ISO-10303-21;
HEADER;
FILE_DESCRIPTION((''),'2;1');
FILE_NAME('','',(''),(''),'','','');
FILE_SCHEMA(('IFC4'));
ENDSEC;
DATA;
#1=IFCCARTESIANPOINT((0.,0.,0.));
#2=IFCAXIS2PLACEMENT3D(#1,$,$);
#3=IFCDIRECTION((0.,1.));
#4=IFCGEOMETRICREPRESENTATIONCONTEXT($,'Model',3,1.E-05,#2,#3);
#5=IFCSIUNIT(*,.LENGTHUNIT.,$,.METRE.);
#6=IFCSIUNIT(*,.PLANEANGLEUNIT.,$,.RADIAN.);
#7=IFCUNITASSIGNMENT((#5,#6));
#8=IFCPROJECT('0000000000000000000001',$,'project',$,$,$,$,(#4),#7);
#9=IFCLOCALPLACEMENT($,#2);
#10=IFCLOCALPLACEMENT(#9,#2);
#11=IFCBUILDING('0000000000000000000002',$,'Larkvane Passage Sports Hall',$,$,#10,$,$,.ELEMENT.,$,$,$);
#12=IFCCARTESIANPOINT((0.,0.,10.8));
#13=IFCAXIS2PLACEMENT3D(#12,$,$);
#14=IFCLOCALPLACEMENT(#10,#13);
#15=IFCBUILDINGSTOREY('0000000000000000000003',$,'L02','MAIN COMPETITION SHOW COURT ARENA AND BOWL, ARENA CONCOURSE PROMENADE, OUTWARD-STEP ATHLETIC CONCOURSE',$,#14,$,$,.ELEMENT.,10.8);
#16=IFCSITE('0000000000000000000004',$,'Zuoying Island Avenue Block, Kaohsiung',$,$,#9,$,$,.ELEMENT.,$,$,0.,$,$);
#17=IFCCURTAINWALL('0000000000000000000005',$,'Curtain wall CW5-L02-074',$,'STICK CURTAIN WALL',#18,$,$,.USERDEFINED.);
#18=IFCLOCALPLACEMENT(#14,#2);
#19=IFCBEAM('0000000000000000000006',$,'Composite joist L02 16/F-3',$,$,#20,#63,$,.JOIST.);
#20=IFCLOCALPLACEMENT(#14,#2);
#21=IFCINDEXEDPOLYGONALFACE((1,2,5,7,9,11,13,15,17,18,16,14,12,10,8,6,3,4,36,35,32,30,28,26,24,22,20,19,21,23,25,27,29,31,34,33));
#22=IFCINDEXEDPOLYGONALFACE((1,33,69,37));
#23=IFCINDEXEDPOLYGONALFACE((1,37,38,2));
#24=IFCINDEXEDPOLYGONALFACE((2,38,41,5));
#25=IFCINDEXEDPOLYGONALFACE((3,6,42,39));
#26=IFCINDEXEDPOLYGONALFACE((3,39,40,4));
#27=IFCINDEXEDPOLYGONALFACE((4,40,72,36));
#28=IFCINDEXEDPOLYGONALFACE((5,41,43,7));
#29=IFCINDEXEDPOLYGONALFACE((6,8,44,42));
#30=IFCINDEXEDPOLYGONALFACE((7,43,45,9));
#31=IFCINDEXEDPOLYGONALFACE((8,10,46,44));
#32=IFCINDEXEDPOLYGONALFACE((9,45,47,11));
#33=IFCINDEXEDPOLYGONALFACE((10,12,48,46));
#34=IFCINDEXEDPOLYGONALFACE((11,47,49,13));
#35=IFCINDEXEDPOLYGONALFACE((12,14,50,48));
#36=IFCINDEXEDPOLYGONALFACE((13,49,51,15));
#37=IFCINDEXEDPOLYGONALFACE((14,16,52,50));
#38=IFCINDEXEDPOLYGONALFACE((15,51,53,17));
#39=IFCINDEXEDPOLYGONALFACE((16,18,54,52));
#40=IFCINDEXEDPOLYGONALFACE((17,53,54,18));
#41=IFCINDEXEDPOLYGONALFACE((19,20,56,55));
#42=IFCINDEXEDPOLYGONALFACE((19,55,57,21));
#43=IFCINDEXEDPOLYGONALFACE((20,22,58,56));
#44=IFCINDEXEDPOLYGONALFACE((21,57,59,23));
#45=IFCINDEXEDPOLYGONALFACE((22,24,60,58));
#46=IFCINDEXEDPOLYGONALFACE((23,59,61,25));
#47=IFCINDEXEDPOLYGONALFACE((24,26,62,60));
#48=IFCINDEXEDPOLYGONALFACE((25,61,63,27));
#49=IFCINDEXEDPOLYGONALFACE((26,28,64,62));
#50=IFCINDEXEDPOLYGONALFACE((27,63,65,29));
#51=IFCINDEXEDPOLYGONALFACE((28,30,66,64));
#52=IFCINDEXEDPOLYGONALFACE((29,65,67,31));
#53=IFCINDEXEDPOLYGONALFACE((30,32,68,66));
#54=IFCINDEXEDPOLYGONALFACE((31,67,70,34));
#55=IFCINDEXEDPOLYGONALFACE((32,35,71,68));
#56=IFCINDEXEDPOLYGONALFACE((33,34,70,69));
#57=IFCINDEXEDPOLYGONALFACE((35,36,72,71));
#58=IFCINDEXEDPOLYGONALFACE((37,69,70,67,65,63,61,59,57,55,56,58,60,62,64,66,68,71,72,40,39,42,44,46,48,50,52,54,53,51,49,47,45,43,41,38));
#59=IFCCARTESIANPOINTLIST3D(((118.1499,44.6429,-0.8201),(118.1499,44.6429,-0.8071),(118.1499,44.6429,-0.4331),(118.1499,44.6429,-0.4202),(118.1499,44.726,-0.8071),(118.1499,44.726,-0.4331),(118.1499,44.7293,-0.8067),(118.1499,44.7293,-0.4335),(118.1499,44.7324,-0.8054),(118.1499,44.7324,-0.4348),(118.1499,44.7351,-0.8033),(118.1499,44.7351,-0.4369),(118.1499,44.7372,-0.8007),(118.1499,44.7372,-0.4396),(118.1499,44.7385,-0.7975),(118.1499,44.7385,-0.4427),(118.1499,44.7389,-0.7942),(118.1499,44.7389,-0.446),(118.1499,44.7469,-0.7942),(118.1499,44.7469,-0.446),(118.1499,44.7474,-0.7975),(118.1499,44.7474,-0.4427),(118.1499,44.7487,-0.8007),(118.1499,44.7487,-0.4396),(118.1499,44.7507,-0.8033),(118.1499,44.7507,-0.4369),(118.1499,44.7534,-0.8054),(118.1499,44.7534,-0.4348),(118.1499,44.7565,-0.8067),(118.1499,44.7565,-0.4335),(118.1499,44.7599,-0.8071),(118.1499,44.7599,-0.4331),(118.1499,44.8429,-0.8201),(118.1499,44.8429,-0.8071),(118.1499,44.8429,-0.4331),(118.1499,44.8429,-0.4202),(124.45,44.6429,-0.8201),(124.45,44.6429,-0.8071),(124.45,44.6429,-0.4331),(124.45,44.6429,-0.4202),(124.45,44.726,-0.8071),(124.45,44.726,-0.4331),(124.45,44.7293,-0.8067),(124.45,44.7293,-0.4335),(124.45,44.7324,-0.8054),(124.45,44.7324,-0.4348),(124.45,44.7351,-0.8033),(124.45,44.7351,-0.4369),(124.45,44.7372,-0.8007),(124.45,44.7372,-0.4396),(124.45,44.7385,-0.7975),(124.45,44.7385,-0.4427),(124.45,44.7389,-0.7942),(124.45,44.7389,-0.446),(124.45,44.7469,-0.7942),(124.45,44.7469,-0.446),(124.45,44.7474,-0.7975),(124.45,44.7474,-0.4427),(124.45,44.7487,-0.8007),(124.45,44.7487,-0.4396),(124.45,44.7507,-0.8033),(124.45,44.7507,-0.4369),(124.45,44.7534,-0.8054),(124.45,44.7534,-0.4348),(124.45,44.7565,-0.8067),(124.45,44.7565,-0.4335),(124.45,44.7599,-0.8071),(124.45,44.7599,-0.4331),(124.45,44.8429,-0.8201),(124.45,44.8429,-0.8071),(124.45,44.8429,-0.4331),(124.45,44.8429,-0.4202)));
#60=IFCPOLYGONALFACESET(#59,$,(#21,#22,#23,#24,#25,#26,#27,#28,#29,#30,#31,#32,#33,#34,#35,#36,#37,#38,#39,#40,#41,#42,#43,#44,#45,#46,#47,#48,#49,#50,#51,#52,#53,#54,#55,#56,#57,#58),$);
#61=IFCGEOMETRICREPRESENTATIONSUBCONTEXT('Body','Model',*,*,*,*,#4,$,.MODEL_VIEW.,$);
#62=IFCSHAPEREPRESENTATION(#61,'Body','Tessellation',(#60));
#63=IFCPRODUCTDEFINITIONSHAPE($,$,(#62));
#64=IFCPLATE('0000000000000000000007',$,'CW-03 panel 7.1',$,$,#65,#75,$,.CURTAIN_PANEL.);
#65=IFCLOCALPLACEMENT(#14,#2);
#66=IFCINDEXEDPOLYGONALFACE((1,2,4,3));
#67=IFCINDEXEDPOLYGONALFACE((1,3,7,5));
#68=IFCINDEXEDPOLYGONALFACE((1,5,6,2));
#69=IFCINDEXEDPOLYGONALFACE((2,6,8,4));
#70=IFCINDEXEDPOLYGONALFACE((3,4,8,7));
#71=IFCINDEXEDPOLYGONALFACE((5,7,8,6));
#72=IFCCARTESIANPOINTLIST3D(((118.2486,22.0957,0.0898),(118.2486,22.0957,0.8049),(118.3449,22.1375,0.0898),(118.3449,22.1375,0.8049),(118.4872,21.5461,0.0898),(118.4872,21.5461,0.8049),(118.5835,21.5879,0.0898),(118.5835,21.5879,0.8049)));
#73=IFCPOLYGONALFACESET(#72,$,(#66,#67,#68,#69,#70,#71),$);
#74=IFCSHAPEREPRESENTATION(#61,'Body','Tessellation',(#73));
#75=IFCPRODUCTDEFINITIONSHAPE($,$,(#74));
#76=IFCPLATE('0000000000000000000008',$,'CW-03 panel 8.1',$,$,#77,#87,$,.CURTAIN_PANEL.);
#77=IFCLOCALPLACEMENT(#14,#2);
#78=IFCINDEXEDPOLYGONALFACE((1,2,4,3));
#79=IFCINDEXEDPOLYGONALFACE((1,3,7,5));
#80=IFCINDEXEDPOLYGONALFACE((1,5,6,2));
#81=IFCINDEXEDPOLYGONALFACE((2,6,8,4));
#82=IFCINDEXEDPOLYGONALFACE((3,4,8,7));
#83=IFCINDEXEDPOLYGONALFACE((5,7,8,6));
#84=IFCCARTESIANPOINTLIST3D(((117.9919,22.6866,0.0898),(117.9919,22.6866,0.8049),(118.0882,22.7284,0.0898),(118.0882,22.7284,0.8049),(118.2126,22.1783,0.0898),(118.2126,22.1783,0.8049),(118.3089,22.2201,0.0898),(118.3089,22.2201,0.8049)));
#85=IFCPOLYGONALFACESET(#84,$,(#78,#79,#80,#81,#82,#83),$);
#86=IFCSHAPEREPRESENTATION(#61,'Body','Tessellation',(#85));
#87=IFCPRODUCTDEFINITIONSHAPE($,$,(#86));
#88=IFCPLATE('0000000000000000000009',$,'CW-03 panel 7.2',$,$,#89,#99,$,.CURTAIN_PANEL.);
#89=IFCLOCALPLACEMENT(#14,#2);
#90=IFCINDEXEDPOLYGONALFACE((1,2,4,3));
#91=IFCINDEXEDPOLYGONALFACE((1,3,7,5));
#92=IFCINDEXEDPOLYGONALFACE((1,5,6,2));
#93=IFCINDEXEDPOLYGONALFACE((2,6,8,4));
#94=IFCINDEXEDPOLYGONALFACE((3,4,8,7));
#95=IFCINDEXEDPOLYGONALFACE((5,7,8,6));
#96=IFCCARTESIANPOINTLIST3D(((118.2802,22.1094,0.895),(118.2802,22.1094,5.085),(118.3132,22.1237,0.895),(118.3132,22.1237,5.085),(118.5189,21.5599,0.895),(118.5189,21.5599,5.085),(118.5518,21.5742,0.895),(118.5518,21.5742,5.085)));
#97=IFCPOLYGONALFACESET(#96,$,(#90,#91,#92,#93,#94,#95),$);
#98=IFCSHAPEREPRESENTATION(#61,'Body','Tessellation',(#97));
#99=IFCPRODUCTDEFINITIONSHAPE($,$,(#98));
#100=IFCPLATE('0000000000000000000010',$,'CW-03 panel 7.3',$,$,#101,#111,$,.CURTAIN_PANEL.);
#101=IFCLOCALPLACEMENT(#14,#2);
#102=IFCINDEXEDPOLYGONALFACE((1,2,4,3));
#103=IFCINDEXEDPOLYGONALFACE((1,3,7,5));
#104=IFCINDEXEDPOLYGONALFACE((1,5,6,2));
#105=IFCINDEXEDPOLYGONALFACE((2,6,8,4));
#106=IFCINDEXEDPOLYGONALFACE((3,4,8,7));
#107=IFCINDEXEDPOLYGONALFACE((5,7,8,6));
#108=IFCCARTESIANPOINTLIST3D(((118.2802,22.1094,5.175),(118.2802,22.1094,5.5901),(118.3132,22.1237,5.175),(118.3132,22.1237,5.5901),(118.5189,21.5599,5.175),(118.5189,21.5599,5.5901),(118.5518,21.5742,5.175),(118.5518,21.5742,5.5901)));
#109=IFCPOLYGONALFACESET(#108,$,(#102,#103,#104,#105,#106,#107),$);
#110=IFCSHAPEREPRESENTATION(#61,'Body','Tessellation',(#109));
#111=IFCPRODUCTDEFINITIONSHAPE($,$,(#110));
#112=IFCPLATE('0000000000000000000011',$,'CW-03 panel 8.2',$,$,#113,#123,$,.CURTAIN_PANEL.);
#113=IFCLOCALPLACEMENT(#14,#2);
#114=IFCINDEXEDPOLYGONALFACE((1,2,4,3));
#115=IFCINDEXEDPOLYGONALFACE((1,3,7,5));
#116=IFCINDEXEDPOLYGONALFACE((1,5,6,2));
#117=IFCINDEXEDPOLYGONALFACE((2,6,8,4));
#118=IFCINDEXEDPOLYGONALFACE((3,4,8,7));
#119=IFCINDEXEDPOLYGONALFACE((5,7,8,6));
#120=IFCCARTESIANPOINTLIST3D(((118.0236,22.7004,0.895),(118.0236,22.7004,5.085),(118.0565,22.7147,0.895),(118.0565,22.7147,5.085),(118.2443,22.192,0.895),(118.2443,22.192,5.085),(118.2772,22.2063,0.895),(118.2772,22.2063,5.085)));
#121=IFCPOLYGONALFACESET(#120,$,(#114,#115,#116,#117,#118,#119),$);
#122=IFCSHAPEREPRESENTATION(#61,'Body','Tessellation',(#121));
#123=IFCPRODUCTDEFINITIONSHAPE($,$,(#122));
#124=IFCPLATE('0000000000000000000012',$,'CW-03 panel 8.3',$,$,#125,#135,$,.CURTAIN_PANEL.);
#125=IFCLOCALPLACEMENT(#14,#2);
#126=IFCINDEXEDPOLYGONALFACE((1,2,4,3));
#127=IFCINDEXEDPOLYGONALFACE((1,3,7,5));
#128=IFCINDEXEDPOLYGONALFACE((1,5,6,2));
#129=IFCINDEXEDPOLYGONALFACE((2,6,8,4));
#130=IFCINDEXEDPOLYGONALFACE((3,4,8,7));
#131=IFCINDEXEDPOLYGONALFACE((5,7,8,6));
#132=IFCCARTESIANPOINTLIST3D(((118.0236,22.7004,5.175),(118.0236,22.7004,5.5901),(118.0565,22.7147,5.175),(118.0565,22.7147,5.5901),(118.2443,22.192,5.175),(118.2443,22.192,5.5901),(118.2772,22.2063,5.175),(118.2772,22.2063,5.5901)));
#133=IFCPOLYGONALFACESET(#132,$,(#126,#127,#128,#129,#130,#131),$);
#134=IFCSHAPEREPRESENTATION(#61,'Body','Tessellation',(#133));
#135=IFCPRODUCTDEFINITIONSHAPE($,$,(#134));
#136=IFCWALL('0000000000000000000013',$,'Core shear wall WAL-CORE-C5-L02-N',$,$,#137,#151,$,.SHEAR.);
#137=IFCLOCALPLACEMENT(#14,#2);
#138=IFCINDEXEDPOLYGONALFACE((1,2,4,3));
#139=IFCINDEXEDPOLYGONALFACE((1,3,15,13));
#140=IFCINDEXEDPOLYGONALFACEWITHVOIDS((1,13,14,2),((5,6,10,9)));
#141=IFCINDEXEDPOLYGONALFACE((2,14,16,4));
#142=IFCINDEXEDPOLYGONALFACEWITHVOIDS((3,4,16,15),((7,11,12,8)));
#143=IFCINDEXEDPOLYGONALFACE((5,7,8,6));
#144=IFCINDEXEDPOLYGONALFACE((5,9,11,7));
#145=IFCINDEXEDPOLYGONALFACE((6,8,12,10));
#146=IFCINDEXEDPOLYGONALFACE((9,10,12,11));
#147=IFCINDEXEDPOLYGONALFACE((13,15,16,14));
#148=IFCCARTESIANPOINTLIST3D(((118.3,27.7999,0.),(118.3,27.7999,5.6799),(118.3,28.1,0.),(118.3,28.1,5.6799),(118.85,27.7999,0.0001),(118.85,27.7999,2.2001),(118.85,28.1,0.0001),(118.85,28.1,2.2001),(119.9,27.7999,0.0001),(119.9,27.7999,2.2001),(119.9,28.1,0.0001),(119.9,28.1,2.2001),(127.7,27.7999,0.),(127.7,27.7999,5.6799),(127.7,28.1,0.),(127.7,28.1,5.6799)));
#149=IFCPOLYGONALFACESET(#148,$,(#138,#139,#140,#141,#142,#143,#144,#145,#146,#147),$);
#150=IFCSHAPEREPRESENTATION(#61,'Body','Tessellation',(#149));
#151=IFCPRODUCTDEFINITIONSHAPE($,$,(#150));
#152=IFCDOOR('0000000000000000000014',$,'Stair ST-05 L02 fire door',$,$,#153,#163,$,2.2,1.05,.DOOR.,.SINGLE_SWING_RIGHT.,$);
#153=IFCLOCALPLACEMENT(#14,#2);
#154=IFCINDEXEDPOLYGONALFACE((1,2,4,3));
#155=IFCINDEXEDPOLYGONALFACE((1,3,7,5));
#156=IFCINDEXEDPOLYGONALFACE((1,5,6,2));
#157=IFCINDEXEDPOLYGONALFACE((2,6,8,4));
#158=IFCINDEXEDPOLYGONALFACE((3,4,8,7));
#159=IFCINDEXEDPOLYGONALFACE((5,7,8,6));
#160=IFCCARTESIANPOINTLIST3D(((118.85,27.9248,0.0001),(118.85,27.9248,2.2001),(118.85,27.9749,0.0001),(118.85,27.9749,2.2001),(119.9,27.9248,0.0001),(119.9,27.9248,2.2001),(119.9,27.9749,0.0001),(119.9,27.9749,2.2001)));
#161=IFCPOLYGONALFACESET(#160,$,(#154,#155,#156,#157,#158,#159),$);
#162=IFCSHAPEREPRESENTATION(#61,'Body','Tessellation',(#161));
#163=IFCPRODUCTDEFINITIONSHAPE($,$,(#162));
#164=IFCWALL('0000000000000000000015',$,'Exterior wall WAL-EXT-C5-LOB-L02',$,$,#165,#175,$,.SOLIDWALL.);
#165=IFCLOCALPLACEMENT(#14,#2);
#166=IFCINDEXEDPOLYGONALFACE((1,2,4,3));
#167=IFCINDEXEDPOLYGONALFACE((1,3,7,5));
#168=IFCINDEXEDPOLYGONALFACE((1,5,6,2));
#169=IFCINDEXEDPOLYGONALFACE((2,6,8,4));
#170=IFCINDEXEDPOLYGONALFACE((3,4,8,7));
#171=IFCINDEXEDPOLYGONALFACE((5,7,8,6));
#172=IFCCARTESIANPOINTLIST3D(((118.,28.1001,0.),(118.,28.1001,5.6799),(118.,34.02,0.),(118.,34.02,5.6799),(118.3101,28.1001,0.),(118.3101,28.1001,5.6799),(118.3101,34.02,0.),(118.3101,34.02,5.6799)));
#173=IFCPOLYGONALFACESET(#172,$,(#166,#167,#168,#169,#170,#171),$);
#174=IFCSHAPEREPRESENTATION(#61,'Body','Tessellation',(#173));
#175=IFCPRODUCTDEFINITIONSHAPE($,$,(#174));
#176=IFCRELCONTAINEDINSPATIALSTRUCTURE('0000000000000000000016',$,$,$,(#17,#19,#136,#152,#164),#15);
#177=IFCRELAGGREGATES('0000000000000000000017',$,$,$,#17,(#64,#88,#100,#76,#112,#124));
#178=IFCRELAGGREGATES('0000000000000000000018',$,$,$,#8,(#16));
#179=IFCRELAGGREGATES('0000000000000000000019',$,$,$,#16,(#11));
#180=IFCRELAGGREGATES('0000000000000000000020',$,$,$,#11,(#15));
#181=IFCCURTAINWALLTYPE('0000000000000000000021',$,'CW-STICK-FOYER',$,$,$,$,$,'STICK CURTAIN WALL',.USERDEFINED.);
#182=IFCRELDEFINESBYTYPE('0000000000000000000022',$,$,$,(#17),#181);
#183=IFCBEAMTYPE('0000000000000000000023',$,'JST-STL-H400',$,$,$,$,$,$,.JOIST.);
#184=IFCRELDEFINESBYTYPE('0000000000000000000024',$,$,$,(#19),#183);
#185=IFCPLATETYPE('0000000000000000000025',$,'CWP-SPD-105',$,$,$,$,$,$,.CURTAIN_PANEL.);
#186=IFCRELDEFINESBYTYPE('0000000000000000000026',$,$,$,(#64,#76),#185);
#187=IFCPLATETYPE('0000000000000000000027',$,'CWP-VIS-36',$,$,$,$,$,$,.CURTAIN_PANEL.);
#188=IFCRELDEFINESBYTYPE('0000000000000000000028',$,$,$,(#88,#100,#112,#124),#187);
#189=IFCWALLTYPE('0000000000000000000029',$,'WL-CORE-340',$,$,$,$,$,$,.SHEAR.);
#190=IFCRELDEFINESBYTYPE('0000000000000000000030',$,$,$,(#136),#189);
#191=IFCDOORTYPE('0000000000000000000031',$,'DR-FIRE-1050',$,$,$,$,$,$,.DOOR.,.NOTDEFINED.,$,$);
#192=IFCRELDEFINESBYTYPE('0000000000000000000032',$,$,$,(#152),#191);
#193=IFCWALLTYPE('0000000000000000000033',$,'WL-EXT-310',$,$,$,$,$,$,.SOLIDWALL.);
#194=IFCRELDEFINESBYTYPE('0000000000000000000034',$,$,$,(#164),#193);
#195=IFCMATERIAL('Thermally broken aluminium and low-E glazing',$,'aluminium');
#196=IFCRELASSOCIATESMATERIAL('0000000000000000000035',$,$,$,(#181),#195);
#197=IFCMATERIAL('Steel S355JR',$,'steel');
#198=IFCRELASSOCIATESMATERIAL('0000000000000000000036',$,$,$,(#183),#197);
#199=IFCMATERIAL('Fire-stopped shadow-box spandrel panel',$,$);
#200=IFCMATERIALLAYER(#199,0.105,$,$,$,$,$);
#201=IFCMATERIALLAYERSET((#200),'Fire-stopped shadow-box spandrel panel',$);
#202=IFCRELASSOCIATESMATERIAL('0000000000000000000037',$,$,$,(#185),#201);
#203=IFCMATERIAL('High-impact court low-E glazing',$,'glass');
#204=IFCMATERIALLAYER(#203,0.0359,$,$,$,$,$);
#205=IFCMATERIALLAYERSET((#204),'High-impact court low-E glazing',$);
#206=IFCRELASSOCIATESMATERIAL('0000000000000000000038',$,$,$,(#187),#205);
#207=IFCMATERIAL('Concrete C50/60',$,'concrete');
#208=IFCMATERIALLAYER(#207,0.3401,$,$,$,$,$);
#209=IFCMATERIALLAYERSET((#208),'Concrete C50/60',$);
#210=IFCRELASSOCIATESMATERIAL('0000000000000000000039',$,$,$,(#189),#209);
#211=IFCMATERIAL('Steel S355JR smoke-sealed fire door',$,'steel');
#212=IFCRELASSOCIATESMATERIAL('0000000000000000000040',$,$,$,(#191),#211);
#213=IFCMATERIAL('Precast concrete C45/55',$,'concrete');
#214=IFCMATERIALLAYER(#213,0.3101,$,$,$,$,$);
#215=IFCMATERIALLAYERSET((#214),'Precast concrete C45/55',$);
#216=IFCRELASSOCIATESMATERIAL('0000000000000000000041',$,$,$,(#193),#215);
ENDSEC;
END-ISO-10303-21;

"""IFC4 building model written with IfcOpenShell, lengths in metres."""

from ifc_helpers import new_model, si_unit, direction, frame, frame_2d, origin, origin_2d, place, context, subcontext, project, spatial, rectangle, i_section, extrude, material, layer, layer_set, material_profile, profile_set, type_object, element, fill, aggregate, save


model = new_model("IFC4")

# Units and contexts
model_context = context("Model", 3, precision=1e-05, world=origin(), true_north=direction((0.0, 1.0)))
body_context = subcontext(model_context, "Body", "Model", "MODEL_VIEW")
ifc_project = project(units=[si_unit("LENGTHUNIT", "METRE"), si_unit("PLANEANGLEUNIT", "RADIAN")], contexts=[model_context])

# Site, building, storey
site_placement = place(None, origin())
site = spatial("IfcSite", under=ifc_project, at=site_placement, Name="Zuoying Island Avenue Block, Kaohsiung", CompositionType="ELEMENT", RefElevation=0.0)
building_placement = place(site_placement, origin())
building = spatial("IfcBuilding", under=site, at=building_placement, Name="Larkvane Passage Sports Hall", CompositionType="ELEMENT")
storey_placement = place(building_placement, frame((0.0, 0.0, 10.8)))
storey = spatial("IfcBuildingStorey", under=building, at=storey_placement, Name="L02", Description="MAIN COMPETITION SHOW COURT ARENA AND BOWL, ARENA CONCOURSE PROMENADE, OUTWARD-STEP ATHLETIC CONCOURSE", CompositionType="ELEMENT", Elevation=10.8)

# Shared definitions
ifc_material_1 = material(Name="Steel S355JR", Category="steel")

# Curtain wall
ifc_material_2 = material(Name="Thermally broken aluminium and low-E glazing", Category="aluminium")
curtain_wall_type = type_object("IfcCurtainWallType", Name="CW-STICK-FOYER", ElementType="STICK CURTAIN WALL", PredefinedType="USERDEFINED", material=ifc_material_2)
curtain_wall_placement = place(storey_placement, origin())
curtain_wall = element("IfcCurtainWall", 1, at=curtain_wall_placement, inside=storey, type_object=curtain_wall_type, Name="Curtain wall CW5-L02-074", ObjectType="STICK CURTAIN WALL", PredefinedType="USERDEFINED")

# Beam
ifc_material_profile_1 = material_profile(ifc_material_1, i_section(OverallWidth=0.2, OverallDepth=0.3999, WebThickness=0.0081, FlangeThickness=0.0129, FilletRadius=0.0129, at=origin_2d()), Name="H-400x200x8x13")
ifc_profile_set_1 = profile_set([ifc_material_profile_1], Name="Steel S355JR")
beam_type_1 = type_object("IfcBeamType", Name="JST-STL-H400", PredefinedType="JOIST", material=ifc_profile_set_1)
beam_1_placement = place(storey_placement, frame((118.1499, 44.7429, -0.6201), z_axis=(1.0, 0.0, 0.0), x_axis=(0.0, 1.0, 0.0)))
element("IfcBeam", 2, at=beam_1_placement, inside=storey, type_object=beam_type_1, Name="Composite joist L02 16/F-3", PredefinedType="JOIST", context=body_context, shape_type="SweptSolid", body=[
    extrude(i_section(OverallWidth=0.2, OverallDepth=0.3999, WebThickness=0.0081, FlangeThickness=0.0129, FilletRadius=0.0129, at=origin_2d()), origin(), (0.0, 0.0, 1.0), 6.3),
])

# Plates
ifc_material_3 = material(Name="Fire-stopped shadow-box spandrel panel")
ifc_layer_1 = layer(ifc_material_3, 0.105)
ifc_layer_set_1 = layer_set([ifc_layer_1], Name="Fire-stopped shadow-box spandrel panel")
plate_type_1 = type_object("IfcPlateType", Name="CWP-SPD-105", PredefinedType="CURTAIN_PANEL", material=ifc_layer_set_1)
plate_1_placement = place(storey_placement, frame((118.416, 21.8418, 0.0898), z_axis=(0.0, 0.0, 1.0), x_axis=(-0.398289, 0.91726, 0.0)))
plate_1 = element("IfcPlate", 3, at=plate_1_placement, type_object=plate_type_1, Name="CW-03 panel 7.1", PredefinedType="CURTAIN_PANEL", context=body_context, shape_type="SweptSolid", body=[
    extrude(rectangle(XDim=0.5991, YDim=0.105, at=origin_2d()), origin(), (0.0, 0.0, 1.0), 0.7151),
])
plate_2_placement = place(storey_placement, frame((118.1504, 22.4534, 0.0898), z_axis=(0.0, 0.0, 1.0), x_axis=(-0.398289, 0.91726, 0.0)))
plate_2 = element("IfcPlate", 4, at=plate_2_placement, type_object=plate_type_1, Name="CW-03 panel 8.1", PredefinedType="CURTAIN_PANEL", context=body_context, shape_type="SweptSolid", body=[
    extrude(rectangle(XDim=0.5542, YDim=0.105, at=origin_2d()), origin(), (0.0, 0.0, 1.0), 0.7151),
])
ifc_material_4 = material(Name="High-impact court low-E glazing", Category="glass")
ifc_layer_2 = layer(ifc_material_4, 0.0359)
ifc_layer_set_2 = layer_set([ifc_layer_2], Name="High-impact court low-E glazing")
plate_type_2 = type_object("IfcPlateType", Name="CWP-VIS-36", PredefinedType="CURTAIN_PANEL", material=ifc_layer_set_2)
plate_3_placement = place(storey_placement, frame((118.416, 21.8418, 0.895), z_axis=(0.0, 0.0, 1.0), x_axis=(-0.398289, 0.91726, 0.0)))
plate_3 = element("IfcPlate", 5, at=plate_3_placement, type_object=plate_type_2, Name="CW-03 panel 7.2", PredefinedType="CURTAIN_PANEL", context=body_context, shape_type="SweptSolid", body=[
    extrude(rectangle(XDim=0.5991, YDim=0.0359, at=origin_2d()), origin(), (0.0, 0.0, 1.0), 4.1899),
])
plate_4_placement = place(storey_placement, frame((118.416, 21.8418, 5.175), z_axis=(0.0, 0.0, 1.0), x_axis=(-0.398289, 0.91726, 0.0)))
plate_4 = element("IfcPlate", 6, at=plate_4_placement, type_object=plate_type_2, Name="CW-03 panel 7.3", PredefinedType="CURTAIN_PANEL", context=body_context, shape_type="SweptSolid", body=[
    extrude(rectangle(XDim=0.5991, YDim=0.0359, at=origin_2d()), origin(), (0.0, 0.0, 1.0), 0.415),
])
plate_5_placement = place(storey_placement, frame((118.1504, 22.4534, 0.895), z_axis=(0.0, 0.0, 1.0), x_axis=(-0.398289, 0.91726, 0.0)))
plate_5 = element("IfcPlate", 7, at=plate_5_placement, type_object=plate_type_2, Name="CW-03 panel 8.2", PredefinedType="CURTAIN_PANEL", context=body_context, shape_type="SweptSolid", body=[
    extrude(rectangle(XDim=0.5542, YDim=0.0359, at=origin_2d()), origin(), (0.0, 0.0, 1.0), 4.1899),
])
plate_6_placement = place(storey_placement, frame((118.1504, 22.4534, 5.175), z_axis=(0.0, 0.0, 1.0), x_axis=(-0.398289, 0.91726, 0.0)))
plate_6 = element("IfcPlate", 8, at=plate_6_placement, type_object=plate_type_2, Name="CW-03 panel 8.3", PredefinedType="CURTAIN_PANEL", context=body_context, shape_type="SweptSolid", body=[
    extrude(rectangle(XDim=0.5542, YDim=0.0359, at=origin_2d()), origin(), (0.0, 0.0, 1.0), 0.415),
])
aggregate(curtain_wall, [plate_1, plate_3, plate_4, plate_2, plate_5, plate_6])

# Wall, opening, door
ifc_material_5 = material(Name="Concrete C50/60", Category="concrete")
ifc_layer_3 = layer(ifc_material_5, 0.3401)
ifc_layer_set_3 = layer_set([ifc_layer_3], Name="Concrete C50/60")
wall_type_1 = type_object("IfcWallType", Name="WL-CORE-340", PredefinedType="SHEAR", material=ifc_layer_set_3)
wall_1_placement = place(storey_placement, frame((118.3, 27.95, 0.0), z_axis=(0.0, 0.0, 1.0), x_axis=(1.0, 0.0, 0.0)))
wall_1 = element("IfcWall", 9, at=wall_1_placement, inside=storey, type_object=wall_type_1, Name="Core shear wall WAL-CORE-C5-L02-N", PredefinedType="SHEAR", context=body_context, shape_type="SweptSolid", body=[
    extrude(rectangle(XDim=9.3999, YDim=0.3, at=frame_2d((4.7, 0.0))), origin(), (0.0, 0.0, 1.0), 5.6799),
])
opening_1_placement = place(wall_1_placement, frame((0.55, 0.0, 0.0)))
opening_1 = element("IfcOpeningElement", 10, at=opening_1_placement, cuts=wall_1, PredefinedType="OPENING", context=body_context, shape_type="SweptSolid", body=[
    extrude(rectangle(XDim=1.05, YDim=2.2, at=frame_2d((0.5249, 1.1001))), frame((0.0, 0.1599, 0.0), z_axis=(0.0, -1.0, 0.0), x_axis=(1.0, 0.0, 0.0)), (0.0, 0.0, 1.0), 0.3201),
])
ifc_material_6 = material(Name="Steel S355JR smoke-sealed fire door", Category="steel")
door_type_1 = type_object("IfcDoorType", Name="DR-FIRE-1050", OperationType="NOTDEFINED", PredefinedType="DOOR", material=ifc_material_6)
door_1_placement = place(opening_1_placement, origin())
door_1 = element("IfcDoor", 11, at=door_1_placement, inside=storey, type_object=door_type_1, Name="Stair ST-05 L02 fire door", OperationType="SINGLE_SWING_RIGHT", OverallHeight=2.2, OverallWidth=1.05, PredefinedType="DOOR", context=body_context, shape_type="SweptSolid", body=[
    extrude(rectangle(XDim=1.05, YDim=2.2, at=frame_2d((0.5249, 1.1001))), frame((0.0, 0.0249, 0.0), z_axis=(0.0, -1.0, 0.0), x_axis=(1.0, 0.0, 0.0)), (0.0, 0.0, 1.0), 0.05),
])
fill(opening_1, door_1)

# Wall
ifc_material_7 = material(Name="Precast concrete C45/55", Category="concrete")
ifc_layer_4 = layer(ifc_material_7, 0.3101)
ifc_layer_set_4 = layer_set([ifc_layer_4], Name="Precast concrete C45/55")
wall_type_2 = type_object("IfcWallType", Name="WL-EXT-310", PredefinedType="SOLIDWALL", material=ifc_layer_set_4)
wall_2_placement = place(storey_placement, frame((118.155, 28.1001, 0.0), z_axis=(0.0, 0.0, 1.0), x_axis=(0.0, 1.0, 0.0)))
element("IfcWall", 12, at=wall_2_placement, inside=storey, type_object=wall_type_2, Name="Exterior wall WAL-EXT-C5-LOB-L02", PredefinedType="SOLIDWALL", context=body_context, shape_type="SweptSolid", body=[
    extrude(rectangle(XDim=5.9199, YDim=0.3101, at=frame_2d((2.96, 0.0))), origin(), (0.0, 0.0, 1.0), 5.6799),
])

save(model, "model.ifc")
